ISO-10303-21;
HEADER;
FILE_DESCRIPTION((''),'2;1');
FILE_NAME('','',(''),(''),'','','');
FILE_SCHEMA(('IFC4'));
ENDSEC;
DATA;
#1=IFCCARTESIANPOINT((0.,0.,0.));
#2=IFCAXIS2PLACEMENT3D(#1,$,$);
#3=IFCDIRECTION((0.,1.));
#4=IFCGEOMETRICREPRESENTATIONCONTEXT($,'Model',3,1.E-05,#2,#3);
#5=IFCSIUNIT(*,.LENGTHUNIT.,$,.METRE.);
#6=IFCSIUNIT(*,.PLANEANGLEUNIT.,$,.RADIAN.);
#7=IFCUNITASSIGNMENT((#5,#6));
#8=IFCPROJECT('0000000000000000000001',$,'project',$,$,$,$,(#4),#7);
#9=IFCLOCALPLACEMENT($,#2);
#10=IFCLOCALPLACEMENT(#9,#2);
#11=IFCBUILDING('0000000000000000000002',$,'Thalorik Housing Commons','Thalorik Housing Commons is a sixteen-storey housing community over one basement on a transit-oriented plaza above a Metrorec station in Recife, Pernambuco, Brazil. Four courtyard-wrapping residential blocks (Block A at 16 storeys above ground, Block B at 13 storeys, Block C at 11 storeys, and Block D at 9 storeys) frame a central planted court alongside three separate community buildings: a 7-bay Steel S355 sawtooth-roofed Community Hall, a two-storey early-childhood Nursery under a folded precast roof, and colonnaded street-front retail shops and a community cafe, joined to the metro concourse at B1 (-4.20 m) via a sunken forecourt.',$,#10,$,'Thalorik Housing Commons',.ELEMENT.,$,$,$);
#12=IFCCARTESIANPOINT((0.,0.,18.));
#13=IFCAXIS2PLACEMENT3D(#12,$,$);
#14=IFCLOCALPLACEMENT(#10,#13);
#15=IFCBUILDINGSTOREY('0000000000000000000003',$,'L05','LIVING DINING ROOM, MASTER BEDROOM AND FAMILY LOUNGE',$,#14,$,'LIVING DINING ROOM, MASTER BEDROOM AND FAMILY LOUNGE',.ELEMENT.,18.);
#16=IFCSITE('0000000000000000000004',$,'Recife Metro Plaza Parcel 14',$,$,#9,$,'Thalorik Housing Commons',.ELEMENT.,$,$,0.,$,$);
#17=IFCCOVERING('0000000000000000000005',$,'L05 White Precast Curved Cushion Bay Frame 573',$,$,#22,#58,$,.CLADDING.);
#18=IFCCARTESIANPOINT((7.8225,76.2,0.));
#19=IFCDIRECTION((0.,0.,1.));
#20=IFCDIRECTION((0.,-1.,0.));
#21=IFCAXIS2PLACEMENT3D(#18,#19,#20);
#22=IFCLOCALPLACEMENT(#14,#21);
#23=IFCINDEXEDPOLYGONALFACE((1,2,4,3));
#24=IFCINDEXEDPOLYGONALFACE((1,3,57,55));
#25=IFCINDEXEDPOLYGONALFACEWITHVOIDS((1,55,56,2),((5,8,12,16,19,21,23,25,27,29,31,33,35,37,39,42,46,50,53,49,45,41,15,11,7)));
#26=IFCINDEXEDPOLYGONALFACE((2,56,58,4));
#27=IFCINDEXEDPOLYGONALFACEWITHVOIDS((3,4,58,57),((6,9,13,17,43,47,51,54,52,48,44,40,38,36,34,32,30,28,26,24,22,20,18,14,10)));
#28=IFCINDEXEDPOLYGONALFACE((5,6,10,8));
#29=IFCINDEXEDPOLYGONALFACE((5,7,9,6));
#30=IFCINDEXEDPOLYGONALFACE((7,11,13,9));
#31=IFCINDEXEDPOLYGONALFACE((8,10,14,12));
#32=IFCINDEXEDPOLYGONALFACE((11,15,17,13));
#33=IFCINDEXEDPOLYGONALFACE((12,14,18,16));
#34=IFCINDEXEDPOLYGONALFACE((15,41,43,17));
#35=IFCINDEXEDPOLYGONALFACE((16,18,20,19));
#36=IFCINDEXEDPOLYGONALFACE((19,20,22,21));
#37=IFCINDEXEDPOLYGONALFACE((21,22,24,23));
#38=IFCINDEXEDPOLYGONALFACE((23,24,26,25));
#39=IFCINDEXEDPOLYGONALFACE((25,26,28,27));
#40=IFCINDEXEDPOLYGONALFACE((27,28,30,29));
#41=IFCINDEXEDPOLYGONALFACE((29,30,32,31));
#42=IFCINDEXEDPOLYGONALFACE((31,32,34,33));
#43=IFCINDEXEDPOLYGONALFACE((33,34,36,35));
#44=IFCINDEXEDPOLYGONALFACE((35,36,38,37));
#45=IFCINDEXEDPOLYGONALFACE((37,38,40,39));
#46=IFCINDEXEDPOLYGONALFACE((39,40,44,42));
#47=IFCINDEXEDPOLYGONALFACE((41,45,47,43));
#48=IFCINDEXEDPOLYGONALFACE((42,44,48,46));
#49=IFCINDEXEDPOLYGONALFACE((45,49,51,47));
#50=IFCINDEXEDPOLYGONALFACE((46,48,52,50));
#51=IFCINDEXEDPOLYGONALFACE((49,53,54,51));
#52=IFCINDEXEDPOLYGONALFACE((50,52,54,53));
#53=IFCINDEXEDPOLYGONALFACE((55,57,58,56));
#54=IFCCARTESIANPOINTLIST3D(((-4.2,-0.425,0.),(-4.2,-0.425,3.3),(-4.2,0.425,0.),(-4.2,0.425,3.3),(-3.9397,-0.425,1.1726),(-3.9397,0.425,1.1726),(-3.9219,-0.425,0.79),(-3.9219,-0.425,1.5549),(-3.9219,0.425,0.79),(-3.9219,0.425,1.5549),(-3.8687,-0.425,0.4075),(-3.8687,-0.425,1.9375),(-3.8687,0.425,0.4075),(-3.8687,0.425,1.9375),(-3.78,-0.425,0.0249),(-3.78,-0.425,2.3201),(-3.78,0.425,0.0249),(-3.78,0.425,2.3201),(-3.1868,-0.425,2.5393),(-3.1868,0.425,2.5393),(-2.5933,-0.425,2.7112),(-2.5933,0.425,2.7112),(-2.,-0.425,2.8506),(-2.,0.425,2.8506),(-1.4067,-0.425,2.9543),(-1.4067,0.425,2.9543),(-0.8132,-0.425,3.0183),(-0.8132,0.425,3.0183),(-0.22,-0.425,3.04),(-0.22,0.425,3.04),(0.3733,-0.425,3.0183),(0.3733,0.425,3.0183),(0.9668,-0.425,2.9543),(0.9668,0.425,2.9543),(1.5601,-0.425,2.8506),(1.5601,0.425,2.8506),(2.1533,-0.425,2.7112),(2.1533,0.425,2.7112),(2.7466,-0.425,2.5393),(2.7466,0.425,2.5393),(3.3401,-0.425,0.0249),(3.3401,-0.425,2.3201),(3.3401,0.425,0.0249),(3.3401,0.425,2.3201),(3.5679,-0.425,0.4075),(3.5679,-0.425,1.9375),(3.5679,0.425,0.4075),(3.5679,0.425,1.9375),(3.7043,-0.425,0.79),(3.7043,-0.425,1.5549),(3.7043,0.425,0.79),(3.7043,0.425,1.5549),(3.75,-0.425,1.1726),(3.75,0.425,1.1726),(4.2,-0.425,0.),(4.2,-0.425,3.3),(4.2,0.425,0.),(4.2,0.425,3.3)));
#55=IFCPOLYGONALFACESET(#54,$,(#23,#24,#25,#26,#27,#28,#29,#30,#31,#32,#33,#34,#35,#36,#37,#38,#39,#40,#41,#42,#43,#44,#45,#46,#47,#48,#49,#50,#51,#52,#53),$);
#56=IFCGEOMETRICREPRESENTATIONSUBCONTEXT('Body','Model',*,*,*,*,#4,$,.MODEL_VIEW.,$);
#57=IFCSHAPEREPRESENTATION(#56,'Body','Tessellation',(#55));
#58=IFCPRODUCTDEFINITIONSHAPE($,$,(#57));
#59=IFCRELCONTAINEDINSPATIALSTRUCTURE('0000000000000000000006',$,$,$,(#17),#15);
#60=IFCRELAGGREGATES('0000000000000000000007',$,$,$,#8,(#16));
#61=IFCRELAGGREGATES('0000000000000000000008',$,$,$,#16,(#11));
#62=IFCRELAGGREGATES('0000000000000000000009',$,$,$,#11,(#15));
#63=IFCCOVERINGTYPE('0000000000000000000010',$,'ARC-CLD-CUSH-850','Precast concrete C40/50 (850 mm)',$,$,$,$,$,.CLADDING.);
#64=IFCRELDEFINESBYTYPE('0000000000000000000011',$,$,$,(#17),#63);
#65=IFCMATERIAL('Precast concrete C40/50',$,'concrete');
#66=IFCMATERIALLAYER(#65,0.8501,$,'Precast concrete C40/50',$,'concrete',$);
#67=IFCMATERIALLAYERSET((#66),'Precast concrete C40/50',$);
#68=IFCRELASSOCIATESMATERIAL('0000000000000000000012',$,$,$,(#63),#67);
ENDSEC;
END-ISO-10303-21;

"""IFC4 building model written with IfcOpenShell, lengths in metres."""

from ifc_helpers import new_model, si_unit, direction, frame, origin, place, context, subcontext, project, spatial, polyline, outline, extrude, material, layer, layer_set, type_object, element, save


model = new_model("IFC4")

# Units and contexts
model_context = context("Model", 3, precision=1e-05, world=origin(), true_north=direction((0.0, 1.0)))
body_context = subcontext(model_context, "Body", "Model", "MODEL_VIEW")
ifc_project = project(units=[si_unit("LENGTHUNIT", "METRE"), si_unit("PLANEANGLEUNIT", "RADIAN")], contexts=[model_context])

# Site, building, storey
site_placement = place(None, origin())
site = spatial("IfcSite", under=ifc_project, at=site_placement, Name="Recife Metro Plaza Parcel 14", LongName="Thalorik Housing Commons", CompositionType="ELEMENT", RefElevation=0.0)
building_placement = place(site_placement, origin())
building = spatial("IfcBuilding", under=site, at=building_placement, Name="Thalorik Housing Commons", Description="Thalorik Housing Commons is a sixteen-storey housing community over one basement on a transit-oriented plaza above a Metrorec station in Recife, Pernambuco, Brazil. Four courtyard-wrapping residential blocks (Block A at 16 storeys above ground, Block B at 13 storeys, Block C at 11 storeys, and Block D at 9 storeys) frame a central planted court alongside three separate community buildings: a 7-bay Steel S355 sawtooth-roofed Community Hall, a two-storey early-childhood Nursery under a folded precast roof, and colonnaded street-front retail shops and a community cafe, joined to the metro concourse at B1 (-4.20 m) via a sunken forecourt.", LongName="Thalorik Housing Commons", CompositionType="ELEMENT")
storey_placement = place(building_placement, frame((0.0, 0.0, 18.0)))
storey = spatial("IfcBuildingStorey", under=building, at=storey_placement, Name="L05", Description="LIVING DINING ROOM, MASTER BEDROOM AND FAMILY LOUNGE", LongName="LIVING DINING ROOM, MASTER BEDROOM AND FAMILY LOUNGE", CompositionType="ELEMENT", Elevation=18.0)

# Shared definitions
ifc_material_1 = material(Name="Precast concrete C40/50", Category="concrete")

# Covering
ifc_layer_1 = layer(ifc_material_1, 0.8501, Name="Precast concrete C40/50", Category="concrete")
ifc_layer_set_1 = layer_set([ifc_layer_1], Name="Precast concrete C40/50")
covering_type_1 = type_object("IfcCoveringType", Name="ARC-CLD-CUSH-850", Description="Precast concrete C40/50 (850 mm)", PredefinedType="CLADDING", material=ifc_layer_set_1)
covering_1_placement = place(storey_placement, frame((7.8225, 76.2, 0.0), z_axis=(0.0, 0.0, 1.0), x_axis=(0.0, -1.0, 0.0)))
element("IfcCovering", 1, at=covering_1_placement, inside=storey, type_object=covering_type_1, Name="L05 White Precast Curved Cushion Bay Frame 573", PredefinedType="CLADDING", context=body_context, shape_type="SweptSolid", body=[
    extrude(outline(polyline([(-4.2, 0.0), (4.2, 0.0), (4.2, 3.3), (-4.2, 3.3), (-4.2, 0.0)]), holes=[polyline([(3.3401, 0.0249), (3.5679, 0.4075), (3.7043, 0.79), (3.75, 1.1726), (3.7043, 1.5549), (3.5679, 1.9375), (3.3401, 2.3201), (2.7466, 2.5393), (2.1533, 2.7112), (1.5601, 2.8506), (0.9668, 2.9543), (0.3733, 3.0183), (-0.22, 3.04), (-0.8132, 3.0183), (-1.4067, 2.9543), (-2.0, 2.8506), (-2.5933, 2.7112), (-3.1868, 2.5393), (-3.78, 2.3201), (-3.8687, 1.9375), (-3.9219, 1.5549), (-3.9397, 1.1726), (-3.9219, 0.79), (-3.8687, 0.4075), (-3.78, 0.0249), (3.3401, 0.0249)])]), frame((0.0, 0.425, 0.0), z_axis=(0.0, -1.0, 0.0), x_axis=(1.0, 0.0, 0.0)), (0.0, 0.0, 1.0), 0.8501),
])

save(model, "model.ifc")
